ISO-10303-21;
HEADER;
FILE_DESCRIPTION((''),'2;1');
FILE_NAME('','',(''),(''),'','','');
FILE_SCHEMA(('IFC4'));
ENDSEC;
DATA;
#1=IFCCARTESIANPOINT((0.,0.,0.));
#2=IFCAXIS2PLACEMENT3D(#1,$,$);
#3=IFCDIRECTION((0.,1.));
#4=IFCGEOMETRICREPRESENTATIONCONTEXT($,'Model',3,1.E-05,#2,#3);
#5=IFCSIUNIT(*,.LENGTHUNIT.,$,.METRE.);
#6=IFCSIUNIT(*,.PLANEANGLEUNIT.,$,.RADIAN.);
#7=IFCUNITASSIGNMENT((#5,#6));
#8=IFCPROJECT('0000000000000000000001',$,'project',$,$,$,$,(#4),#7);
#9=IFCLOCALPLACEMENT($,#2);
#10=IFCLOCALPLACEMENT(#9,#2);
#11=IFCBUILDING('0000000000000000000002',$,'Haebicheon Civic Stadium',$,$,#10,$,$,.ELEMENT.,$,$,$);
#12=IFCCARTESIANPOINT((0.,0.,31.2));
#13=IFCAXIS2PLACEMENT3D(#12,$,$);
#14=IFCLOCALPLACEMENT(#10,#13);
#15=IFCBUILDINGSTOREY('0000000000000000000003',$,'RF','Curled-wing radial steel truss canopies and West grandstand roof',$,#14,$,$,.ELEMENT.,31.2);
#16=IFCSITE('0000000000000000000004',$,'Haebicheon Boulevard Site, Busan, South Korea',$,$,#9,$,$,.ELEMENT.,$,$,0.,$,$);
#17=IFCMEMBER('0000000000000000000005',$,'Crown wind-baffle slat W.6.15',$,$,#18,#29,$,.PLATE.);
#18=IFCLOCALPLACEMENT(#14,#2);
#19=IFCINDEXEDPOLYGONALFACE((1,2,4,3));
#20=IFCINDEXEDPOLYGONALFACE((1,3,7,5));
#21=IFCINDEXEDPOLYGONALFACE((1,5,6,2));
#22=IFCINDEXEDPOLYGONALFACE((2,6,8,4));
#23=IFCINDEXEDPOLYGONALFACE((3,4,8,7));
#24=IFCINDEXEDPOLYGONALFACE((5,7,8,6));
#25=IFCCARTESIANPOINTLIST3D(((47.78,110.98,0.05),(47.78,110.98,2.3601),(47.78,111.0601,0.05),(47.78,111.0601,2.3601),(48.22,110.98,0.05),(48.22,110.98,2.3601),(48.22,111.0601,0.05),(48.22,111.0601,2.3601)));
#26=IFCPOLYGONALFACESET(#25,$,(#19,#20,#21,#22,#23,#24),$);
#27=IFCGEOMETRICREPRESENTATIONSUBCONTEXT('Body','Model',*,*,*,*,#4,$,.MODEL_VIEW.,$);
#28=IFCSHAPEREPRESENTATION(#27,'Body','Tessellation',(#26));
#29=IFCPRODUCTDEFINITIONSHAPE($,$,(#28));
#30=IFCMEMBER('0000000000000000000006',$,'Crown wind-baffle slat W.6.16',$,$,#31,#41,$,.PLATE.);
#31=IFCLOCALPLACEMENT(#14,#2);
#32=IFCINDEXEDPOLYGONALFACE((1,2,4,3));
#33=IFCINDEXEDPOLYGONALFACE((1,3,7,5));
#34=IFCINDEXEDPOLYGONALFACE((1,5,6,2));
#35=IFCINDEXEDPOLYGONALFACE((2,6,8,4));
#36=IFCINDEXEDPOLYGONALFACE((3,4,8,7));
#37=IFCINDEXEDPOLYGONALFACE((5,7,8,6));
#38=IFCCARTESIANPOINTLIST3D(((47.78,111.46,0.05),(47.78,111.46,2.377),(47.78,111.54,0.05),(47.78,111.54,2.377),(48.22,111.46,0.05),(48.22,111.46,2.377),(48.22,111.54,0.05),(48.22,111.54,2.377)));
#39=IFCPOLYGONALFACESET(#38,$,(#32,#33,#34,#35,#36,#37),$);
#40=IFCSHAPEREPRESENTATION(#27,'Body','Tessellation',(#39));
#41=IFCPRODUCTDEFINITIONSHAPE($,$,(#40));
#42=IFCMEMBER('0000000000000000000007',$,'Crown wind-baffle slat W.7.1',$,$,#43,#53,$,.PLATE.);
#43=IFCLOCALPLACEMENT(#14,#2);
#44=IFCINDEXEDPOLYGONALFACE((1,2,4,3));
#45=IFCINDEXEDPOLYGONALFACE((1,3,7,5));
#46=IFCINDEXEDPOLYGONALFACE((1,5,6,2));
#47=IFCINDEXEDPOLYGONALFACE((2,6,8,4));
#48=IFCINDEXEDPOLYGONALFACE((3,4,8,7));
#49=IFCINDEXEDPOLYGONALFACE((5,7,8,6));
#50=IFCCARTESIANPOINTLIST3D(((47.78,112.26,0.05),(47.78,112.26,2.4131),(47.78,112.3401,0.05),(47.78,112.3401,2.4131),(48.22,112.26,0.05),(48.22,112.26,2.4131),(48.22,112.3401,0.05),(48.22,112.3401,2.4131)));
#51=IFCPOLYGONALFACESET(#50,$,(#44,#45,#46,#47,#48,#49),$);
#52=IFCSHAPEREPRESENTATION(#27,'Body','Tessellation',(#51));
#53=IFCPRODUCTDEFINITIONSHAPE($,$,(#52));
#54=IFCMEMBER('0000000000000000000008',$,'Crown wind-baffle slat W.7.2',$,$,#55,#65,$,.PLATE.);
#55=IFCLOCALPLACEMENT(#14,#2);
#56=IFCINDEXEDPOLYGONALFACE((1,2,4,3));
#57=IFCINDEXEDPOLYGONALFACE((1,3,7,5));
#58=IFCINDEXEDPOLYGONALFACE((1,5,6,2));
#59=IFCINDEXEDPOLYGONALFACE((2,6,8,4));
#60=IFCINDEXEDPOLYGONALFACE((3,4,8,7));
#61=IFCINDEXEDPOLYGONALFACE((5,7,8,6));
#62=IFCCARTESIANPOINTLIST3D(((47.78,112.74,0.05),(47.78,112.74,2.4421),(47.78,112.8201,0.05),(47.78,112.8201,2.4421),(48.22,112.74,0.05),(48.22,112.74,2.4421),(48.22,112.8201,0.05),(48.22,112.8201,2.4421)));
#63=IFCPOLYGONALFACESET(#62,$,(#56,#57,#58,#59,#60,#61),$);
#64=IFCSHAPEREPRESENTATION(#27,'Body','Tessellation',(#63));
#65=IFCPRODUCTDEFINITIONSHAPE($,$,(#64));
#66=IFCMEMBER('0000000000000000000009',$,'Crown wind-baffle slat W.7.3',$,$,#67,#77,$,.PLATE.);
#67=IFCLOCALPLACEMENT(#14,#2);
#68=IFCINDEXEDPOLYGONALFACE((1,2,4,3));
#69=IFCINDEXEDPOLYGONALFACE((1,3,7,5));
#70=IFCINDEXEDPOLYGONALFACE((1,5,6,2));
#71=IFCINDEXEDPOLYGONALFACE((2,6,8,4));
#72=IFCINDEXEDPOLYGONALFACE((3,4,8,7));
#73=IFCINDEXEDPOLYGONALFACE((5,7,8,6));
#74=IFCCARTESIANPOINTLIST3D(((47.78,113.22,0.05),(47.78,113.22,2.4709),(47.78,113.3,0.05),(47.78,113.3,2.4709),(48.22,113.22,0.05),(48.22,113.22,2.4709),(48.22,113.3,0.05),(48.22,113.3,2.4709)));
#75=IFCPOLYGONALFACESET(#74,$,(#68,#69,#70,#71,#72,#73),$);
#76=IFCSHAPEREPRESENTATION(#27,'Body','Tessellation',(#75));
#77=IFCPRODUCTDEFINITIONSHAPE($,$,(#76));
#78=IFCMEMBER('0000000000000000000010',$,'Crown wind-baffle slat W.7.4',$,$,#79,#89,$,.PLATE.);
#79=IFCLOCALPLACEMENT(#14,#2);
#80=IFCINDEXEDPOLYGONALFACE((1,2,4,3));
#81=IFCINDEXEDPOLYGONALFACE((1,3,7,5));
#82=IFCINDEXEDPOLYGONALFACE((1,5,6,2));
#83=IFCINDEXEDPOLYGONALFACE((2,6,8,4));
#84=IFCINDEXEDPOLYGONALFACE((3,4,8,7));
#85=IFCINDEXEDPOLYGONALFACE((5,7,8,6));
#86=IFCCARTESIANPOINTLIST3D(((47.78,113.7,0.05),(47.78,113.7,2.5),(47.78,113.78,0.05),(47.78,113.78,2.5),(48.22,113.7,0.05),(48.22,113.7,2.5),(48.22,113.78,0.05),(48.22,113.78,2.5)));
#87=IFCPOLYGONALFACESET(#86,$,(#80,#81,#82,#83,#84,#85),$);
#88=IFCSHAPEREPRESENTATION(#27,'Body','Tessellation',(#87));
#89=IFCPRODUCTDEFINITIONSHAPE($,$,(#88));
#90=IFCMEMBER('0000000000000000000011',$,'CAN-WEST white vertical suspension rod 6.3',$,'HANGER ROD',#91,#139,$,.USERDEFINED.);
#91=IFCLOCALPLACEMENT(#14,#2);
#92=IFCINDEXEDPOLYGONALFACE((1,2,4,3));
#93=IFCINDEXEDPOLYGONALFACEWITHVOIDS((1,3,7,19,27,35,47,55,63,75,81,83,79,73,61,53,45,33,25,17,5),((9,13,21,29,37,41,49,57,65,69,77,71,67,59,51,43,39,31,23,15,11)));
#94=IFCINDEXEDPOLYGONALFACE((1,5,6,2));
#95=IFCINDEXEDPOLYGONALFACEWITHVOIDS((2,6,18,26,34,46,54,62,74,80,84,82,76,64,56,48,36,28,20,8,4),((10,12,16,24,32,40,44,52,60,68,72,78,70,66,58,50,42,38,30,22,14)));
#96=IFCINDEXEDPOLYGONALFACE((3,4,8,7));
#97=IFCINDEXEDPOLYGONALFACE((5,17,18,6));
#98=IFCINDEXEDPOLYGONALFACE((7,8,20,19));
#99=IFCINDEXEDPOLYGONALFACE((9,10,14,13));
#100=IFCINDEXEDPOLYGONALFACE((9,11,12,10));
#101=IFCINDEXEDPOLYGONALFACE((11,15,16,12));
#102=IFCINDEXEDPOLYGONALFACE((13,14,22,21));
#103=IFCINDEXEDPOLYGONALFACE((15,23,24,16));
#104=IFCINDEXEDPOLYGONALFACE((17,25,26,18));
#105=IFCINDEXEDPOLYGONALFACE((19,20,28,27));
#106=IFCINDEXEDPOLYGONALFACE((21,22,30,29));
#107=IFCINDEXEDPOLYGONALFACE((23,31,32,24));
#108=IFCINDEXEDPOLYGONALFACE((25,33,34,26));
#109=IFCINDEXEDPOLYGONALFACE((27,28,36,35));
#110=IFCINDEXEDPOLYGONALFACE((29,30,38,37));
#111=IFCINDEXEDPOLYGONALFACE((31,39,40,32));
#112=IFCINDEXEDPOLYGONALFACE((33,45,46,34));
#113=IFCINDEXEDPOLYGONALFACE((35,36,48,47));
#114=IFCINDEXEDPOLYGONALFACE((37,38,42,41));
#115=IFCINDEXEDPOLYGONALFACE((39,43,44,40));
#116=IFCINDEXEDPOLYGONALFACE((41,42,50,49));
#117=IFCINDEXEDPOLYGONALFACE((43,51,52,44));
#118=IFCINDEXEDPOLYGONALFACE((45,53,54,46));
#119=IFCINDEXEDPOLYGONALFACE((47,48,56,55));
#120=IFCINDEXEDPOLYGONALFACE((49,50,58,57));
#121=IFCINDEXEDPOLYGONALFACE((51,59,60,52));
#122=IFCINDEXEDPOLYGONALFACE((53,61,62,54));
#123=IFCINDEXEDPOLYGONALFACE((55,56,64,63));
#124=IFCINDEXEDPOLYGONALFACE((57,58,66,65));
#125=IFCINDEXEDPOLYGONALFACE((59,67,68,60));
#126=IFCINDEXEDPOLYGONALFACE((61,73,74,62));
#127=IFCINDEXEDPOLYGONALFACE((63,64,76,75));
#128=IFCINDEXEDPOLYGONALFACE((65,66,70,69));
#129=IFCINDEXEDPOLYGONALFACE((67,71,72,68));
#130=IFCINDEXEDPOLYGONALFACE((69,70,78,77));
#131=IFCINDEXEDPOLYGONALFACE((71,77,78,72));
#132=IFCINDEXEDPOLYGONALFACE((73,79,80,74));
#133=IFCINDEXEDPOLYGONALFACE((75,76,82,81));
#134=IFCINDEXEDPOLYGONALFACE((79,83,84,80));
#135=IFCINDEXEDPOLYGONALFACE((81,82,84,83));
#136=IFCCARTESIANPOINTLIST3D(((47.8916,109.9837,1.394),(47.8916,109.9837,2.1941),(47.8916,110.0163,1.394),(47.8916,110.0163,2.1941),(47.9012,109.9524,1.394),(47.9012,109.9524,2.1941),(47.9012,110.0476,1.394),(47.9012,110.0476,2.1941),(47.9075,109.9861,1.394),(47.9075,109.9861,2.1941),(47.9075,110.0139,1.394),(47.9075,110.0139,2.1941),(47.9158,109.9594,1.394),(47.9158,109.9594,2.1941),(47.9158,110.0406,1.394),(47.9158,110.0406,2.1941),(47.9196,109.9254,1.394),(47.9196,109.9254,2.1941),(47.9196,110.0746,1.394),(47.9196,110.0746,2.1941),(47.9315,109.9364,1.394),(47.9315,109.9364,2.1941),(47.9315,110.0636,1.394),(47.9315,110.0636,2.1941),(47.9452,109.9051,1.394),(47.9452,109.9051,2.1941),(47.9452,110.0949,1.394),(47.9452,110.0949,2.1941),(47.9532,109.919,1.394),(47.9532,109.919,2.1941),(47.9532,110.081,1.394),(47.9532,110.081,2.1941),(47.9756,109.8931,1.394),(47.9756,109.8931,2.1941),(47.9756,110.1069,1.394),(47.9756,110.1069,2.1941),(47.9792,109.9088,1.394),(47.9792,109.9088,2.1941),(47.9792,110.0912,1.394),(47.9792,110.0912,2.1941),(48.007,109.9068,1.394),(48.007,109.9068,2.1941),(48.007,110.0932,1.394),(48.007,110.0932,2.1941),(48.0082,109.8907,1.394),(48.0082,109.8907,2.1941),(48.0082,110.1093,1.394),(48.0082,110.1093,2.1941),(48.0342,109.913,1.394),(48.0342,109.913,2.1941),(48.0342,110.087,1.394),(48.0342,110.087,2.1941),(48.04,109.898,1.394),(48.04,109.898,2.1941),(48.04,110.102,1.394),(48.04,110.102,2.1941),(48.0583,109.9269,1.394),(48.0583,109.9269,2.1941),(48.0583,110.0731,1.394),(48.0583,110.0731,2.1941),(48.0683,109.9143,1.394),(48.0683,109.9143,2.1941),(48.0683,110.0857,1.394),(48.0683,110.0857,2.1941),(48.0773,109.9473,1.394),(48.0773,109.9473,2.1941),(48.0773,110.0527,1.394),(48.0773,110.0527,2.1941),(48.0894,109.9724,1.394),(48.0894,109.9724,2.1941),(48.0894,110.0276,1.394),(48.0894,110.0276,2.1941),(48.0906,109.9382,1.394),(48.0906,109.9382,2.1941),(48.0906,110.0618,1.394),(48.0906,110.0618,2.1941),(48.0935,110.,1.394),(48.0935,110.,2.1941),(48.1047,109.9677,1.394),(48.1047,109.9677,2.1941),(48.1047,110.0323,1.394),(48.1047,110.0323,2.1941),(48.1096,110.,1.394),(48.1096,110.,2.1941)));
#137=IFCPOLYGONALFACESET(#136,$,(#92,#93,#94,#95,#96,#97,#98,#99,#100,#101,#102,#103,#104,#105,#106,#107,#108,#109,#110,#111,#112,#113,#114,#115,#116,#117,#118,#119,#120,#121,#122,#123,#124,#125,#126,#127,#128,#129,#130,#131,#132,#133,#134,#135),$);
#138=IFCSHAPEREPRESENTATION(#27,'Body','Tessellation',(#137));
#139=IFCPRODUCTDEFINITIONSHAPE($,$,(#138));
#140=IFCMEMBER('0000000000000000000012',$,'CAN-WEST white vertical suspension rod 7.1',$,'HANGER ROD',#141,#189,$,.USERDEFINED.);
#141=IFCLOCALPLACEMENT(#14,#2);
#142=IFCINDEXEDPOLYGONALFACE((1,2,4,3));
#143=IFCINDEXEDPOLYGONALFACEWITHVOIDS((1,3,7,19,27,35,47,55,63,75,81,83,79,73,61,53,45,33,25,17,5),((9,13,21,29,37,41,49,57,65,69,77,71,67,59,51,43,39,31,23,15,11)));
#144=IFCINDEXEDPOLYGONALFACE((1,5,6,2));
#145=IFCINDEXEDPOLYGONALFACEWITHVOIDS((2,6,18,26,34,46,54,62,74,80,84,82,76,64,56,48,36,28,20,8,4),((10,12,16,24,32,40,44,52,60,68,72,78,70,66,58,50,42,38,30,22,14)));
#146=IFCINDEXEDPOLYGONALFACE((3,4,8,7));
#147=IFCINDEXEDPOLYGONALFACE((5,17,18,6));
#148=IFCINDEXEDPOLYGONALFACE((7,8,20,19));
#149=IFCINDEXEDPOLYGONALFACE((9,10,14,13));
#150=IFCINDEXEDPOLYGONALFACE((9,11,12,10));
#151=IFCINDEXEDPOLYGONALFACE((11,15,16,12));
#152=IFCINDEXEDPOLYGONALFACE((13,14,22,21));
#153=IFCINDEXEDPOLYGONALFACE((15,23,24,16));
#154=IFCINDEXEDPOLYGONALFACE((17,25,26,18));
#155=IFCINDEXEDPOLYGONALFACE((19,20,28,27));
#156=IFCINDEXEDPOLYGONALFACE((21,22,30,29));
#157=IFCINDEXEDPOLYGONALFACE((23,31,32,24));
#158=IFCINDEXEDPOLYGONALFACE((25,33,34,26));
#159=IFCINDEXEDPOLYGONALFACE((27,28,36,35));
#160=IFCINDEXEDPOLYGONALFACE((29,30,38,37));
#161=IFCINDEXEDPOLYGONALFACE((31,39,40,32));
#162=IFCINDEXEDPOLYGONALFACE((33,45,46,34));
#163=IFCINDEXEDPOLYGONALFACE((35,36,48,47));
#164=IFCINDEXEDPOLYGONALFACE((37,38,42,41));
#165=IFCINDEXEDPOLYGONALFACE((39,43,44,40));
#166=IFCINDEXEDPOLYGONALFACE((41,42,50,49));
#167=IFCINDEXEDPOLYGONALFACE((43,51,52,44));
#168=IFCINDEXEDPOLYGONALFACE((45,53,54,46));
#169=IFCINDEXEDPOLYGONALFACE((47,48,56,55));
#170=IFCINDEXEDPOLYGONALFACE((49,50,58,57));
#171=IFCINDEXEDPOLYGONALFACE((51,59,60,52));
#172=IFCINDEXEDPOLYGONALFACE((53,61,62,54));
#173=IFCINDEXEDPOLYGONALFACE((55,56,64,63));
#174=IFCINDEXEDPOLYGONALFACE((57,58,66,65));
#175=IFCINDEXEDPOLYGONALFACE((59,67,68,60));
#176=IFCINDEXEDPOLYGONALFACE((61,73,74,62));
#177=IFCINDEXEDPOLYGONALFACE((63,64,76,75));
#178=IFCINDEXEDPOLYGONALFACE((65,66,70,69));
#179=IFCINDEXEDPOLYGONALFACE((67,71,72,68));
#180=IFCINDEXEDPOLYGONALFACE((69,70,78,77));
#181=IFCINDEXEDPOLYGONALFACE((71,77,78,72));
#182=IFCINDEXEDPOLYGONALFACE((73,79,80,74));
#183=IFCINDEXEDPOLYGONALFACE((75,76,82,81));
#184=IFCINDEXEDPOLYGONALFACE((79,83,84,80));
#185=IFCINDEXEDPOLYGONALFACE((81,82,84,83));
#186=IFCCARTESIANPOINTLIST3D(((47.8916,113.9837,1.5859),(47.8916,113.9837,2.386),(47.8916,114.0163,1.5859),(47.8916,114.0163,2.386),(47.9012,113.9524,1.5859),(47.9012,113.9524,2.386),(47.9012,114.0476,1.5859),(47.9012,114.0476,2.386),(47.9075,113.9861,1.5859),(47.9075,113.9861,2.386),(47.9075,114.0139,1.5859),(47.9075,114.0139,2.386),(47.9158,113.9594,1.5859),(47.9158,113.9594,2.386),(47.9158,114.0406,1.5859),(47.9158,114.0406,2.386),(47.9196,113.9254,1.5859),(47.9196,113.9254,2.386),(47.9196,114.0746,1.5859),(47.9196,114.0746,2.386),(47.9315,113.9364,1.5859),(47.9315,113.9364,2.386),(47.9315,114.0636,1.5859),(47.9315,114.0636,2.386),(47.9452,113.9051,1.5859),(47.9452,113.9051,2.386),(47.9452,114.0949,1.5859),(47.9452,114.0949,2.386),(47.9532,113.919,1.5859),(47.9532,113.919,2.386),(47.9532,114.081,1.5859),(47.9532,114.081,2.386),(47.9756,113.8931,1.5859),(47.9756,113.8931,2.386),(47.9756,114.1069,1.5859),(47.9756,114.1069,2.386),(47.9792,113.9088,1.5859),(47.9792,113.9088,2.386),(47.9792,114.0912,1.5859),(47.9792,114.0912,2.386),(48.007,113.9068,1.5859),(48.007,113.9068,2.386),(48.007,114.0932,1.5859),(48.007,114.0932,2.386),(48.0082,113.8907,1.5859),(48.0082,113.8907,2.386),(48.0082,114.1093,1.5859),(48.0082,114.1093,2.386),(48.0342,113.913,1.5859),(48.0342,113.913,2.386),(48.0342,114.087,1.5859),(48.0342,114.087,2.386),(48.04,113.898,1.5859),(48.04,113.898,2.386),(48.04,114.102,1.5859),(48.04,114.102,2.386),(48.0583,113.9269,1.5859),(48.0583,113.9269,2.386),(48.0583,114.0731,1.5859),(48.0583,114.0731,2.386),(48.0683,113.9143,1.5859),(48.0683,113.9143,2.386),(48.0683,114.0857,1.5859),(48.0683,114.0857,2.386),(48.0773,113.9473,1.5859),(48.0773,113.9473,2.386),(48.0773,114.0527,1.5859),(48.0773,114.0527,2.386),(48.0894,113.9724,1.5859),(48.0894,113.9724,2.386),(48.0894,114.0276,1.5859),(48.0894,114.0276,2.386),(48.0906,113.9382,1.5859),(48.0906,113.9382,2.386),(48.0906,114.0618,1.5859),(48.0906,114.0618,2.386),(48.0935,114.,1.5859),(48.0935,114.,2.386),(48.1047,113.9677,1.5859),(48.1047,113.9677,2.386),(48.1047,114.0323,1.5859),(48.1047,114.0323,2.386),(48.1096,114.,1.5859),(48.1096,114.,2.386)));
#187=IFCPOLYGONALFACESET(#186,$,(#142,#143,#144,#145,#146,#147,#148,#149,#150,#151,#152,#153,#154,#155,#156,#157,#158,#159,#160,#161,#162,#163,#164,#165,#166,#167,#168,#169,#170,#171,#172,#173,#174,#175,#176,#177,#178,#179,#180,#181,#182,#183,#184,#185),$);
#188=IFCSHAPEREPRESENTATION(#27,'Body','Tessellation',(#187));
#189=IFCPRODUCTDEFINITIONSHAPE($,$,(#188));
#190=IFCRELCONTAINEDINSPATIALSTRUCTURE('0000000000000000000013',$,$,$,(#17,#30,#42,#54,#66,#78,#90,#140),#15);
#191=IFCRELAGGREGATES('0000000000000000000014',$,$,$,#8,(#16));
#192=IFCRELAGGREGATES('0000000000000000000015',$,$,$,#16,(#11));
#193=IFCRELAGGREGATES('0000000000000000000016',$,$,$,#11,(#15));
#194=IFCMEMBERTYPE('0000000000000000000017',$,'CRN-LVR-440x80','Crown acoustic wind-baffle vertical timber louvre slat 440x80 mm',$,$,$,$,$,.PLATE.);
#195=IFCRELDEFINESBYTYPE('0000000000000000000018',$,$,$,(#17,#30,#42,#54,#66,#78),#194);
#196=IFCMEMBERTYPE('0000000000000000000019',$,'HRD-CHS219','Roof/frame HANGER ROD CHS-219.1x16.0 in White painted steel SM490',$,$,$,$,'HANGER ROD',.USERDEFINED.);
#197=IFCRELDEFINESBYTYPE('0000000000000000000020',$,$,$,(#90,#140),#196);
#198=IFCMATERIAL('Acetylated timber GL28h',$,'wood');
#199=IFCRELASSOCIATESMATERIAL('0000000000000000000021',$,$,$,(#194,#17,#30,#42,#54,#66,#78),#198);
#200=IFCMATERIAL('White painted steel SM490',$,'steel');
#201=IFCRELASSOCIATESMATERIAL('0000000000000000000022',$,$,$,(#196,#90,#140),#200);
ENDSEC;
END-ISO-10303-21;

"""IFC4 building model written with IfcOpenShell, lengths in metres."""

from ifc_helpers import new_model, si_unit, direction, frame, origin, origin_2d, place, context, subcontext, project, spatial, rectangle, hollow_circle, extrude, material, material_profile, profile_set, type_object, element, save


model = new_model("IFC4")

# Units and contexts
model_context = context("Model", 3, precision=1e-05, world=origin(), true_north=direction((0.0, 1.0)))
body_context = subcontext(model_context, "Body", "Model", "MODEL_VIEW")
ifc_project = project(units=[si_unit("LENGTHUNIT", "METRE"), si_unit("PLANEANGLEUNIT", "RADIAN")], contexts=[model_context])

# Site, building, storey
site_placement = place(None, origin())
site = spatial("IfcSite", under=ifc_project, at=site_placement, Name="Haebicheon Boulevard Site, Busan, South Korea", CompositionType="ELEMENT", RefElevation=0.0)
building_placement = place(site_placement, origin())
building = spatial("IfcBuilding", under=site, at=building_placement, Name="Haebicheon Civic Stadium", CompositionType="ELEMENT")
storey_placement = place(building_placement, frame((0.0, 0.0, 31.2)))
storey = spatial("IfcBuildingStorey", under=building, at=storey_placement, Name="RF", Description="Curled-wing radial steel truss canopies and West grandstand roof", CompositionType="ELEMENT", Elevation=31.2)

# Members
ifc_material_1 = material(Name="Acetylated timber GL28h", Category="wood")
ifc_material_profile_1 = material_profile(ifc_material_1, rectangle(XDim=0.0801, YDim=0.4399, at=origin_2d()), Name="TMB-LOUV-80x440")
ifc_profile_set_1 = profile_set([ifc_material_profile_1], Name="Acetylated timber GL28h")
member_type_1 = type_object("IfcMemberType", Name="CRN-LVR-440x80", Description="Crown acoustic wind-baffle vertical timber louvre slat 440x80 mm", PredefinedType="PLATE", material=ifc_profile_set_1)
member_1_placement = place(storey_placement, frame((48.0, 111.02, 0.05), z_axis=(0.0, 0.0, 1.0), x_axis=(0.0, 1.0, 0.0)))
element("IfcMember", 1, at=member_1_placement, inside=storey, type_object=member_type_1, material=ifc_profile_set_1, Name="Crown wind-baffle slat W.6.15", PredefinedType="PLATE", context=body_context, shape_type="SweptSolid", body=[
    extrude(rectangle(XDim=0.0801, YDim=0.4399, at=origin_2d()), origin(), (0.0, 0.0, 1.0), 2.3101),
])
member_2_placement = place(storey_placement, frame((48.0, 111.5, 0.05), z_axis=(0.0, 0.0, 1.0), x_axis=(0.0, 1.0, 0.0)))
element("IfcMember", 2, at=member_2_placement, inside=storey, type_object=member_type_1, material=ifc_profile_set_1, Name="Crown wind-baffle slat W.6.16", PredefinedType="PLATE", context=body_context, shape_type="SweptSolid", body=[
    extrude(rectangle(XDim=0.0801, YDim=0.4399, at=origin_2d()), origin(), (0.0, 0.0, 1.0), 2.3269),
])
member_3_placement = place(storey_placement, frame((48.0, 112.3, 0.05), z_axis=(0.0, 0.0, 1.0), x_axis=(0.0, 1.0, 0.0)))
element("IfcMember", 3, at=member_3_placement, inside=storey, type_object=member_type_1, material=ifc_profile_set_1, Name="Crown wind-baffle slat W.7.1", PredefinedType="PLATE", context=body_context, shape_type="SweptSolid", body=[
    extrude(rectangle(XDim=0.0801, YDim=0.4399, at=origin_2d()), origin(), (0.0, 0.0, 1.0), 2.363),
])
member_4_placement = place(storey_placement, frame((48.0, 112.78, 0.05), z_axis=(0.0, 0.0, 1.0), x_axis=(0.0, 1.0, 0.0)))
element("IfcMember", 4, at=member_4_placement, inside=storey, type_object=member_type_1, material=ifc_profile_set_1, Name="Crown wind-baffle slat W.7.2", PredefinedType="PLATE", context=body_context, shape_type="SweptSolid", body=[
    extrude(rectangle(XDim=0.0801, YDim=0.4399, at=origin_2d()), origin(), (0.0, 0.0, 1.0), 2.3921),
])
member_5_placement = place(storey_placement, frame((48.0, 113.26, 0.05), z_axis=(0.0, 0.0, 1.0), x_axis=(0.0, 1.0, 0.0)))
element("IfcMember", 5, at=member_5_placement, inside=storey, type_object=member_type_1, material=ifc_profile_set_1, Name="Crown wind-baffle slat W.7.3", PredefinedType="PLATE", context=body_context, shape_type="SweptSolid", body=[
    extrude(rectangle(XDim=0.0801, YDim=0.4399, at=origin_2d()), origin(), (0.0, 0.0, 1.0), 2.4209),
])
member_6_placement = place(storey_placement, frame((48.0, 113.74, 0.05), z_axis=(0.0, 0.0, 1.0), x_axis=(0.0, 1.0, 0.0)))
element("IfcMember", 6, at=member_6_placement, inside=storey, type_object=member_type_1, material=ifc_profile_set_1, Name="Crown wind-baffle slat W.7.4", PredefinedType="PLATE", context=body_context, shape_type="SweptSolid", body=[
    extrude(rectangle(XDim=0.0801, YDim=0.4399, at=origin_2d()), origin(), (0.0, 0.0, 1.0), 2.45),
])
ifc_material_2 = material(Name="White painted steel SM490", Category="steel")
ifc_material_profile_2 = material_profile(ifc_material_2, hollow_circle(Radius=0.1096, WallThickness=0.0161, at=origin_2d()), Name="CHS-219.1x16.0")
ifc_profile_set_2 = profile_set([ifc_material_profile_2], Name="White painted steel SM490")
member_type_2 = type_object("IfcMemberType", Name="HRD-CHS219", Description="Roof/frame HANGER ROD CHS-219.1x16.0 in White painted steel SM490", ElementType="HANGER ROD", PredefinedType="USERDEFINED", material=ifc_profile_set_2)
for number, where, z_axis, x_axis, name in (
    (7, (48.0, 110.0, 1.394), (0.0, 0.0, 1.0), (1.0, 0.0, 0.0), "CAN-WEST white vertical suspension rod 6.3"),
    (8, (48.0, 114.0, 1.5859), (0.0, 0.0, 1.0), (1.0, 0.0, 0.0), "CAN-WEST white vertical suspension rod 7.1"),
):
    element("IfcMember", number, at=place(storey_placement, frame(where, z_axis=z_axis, x_axis=x_axis)), inside=storey, type_object=member_type_2, material=ifc_profile_set_2, Name=name, ObjectType="HANGER ROD", PredefinedType="USERDEFINED", context=body_context, shape_type="SweptSolid", body=[
        extrude(hollow_circle(Radius=0.1096, WallThickness=0.0161, at=origin_2d()), origin(), (0.0, 0.0, 1.0), 0.8),
    ])

save(model, "model.ifc")
